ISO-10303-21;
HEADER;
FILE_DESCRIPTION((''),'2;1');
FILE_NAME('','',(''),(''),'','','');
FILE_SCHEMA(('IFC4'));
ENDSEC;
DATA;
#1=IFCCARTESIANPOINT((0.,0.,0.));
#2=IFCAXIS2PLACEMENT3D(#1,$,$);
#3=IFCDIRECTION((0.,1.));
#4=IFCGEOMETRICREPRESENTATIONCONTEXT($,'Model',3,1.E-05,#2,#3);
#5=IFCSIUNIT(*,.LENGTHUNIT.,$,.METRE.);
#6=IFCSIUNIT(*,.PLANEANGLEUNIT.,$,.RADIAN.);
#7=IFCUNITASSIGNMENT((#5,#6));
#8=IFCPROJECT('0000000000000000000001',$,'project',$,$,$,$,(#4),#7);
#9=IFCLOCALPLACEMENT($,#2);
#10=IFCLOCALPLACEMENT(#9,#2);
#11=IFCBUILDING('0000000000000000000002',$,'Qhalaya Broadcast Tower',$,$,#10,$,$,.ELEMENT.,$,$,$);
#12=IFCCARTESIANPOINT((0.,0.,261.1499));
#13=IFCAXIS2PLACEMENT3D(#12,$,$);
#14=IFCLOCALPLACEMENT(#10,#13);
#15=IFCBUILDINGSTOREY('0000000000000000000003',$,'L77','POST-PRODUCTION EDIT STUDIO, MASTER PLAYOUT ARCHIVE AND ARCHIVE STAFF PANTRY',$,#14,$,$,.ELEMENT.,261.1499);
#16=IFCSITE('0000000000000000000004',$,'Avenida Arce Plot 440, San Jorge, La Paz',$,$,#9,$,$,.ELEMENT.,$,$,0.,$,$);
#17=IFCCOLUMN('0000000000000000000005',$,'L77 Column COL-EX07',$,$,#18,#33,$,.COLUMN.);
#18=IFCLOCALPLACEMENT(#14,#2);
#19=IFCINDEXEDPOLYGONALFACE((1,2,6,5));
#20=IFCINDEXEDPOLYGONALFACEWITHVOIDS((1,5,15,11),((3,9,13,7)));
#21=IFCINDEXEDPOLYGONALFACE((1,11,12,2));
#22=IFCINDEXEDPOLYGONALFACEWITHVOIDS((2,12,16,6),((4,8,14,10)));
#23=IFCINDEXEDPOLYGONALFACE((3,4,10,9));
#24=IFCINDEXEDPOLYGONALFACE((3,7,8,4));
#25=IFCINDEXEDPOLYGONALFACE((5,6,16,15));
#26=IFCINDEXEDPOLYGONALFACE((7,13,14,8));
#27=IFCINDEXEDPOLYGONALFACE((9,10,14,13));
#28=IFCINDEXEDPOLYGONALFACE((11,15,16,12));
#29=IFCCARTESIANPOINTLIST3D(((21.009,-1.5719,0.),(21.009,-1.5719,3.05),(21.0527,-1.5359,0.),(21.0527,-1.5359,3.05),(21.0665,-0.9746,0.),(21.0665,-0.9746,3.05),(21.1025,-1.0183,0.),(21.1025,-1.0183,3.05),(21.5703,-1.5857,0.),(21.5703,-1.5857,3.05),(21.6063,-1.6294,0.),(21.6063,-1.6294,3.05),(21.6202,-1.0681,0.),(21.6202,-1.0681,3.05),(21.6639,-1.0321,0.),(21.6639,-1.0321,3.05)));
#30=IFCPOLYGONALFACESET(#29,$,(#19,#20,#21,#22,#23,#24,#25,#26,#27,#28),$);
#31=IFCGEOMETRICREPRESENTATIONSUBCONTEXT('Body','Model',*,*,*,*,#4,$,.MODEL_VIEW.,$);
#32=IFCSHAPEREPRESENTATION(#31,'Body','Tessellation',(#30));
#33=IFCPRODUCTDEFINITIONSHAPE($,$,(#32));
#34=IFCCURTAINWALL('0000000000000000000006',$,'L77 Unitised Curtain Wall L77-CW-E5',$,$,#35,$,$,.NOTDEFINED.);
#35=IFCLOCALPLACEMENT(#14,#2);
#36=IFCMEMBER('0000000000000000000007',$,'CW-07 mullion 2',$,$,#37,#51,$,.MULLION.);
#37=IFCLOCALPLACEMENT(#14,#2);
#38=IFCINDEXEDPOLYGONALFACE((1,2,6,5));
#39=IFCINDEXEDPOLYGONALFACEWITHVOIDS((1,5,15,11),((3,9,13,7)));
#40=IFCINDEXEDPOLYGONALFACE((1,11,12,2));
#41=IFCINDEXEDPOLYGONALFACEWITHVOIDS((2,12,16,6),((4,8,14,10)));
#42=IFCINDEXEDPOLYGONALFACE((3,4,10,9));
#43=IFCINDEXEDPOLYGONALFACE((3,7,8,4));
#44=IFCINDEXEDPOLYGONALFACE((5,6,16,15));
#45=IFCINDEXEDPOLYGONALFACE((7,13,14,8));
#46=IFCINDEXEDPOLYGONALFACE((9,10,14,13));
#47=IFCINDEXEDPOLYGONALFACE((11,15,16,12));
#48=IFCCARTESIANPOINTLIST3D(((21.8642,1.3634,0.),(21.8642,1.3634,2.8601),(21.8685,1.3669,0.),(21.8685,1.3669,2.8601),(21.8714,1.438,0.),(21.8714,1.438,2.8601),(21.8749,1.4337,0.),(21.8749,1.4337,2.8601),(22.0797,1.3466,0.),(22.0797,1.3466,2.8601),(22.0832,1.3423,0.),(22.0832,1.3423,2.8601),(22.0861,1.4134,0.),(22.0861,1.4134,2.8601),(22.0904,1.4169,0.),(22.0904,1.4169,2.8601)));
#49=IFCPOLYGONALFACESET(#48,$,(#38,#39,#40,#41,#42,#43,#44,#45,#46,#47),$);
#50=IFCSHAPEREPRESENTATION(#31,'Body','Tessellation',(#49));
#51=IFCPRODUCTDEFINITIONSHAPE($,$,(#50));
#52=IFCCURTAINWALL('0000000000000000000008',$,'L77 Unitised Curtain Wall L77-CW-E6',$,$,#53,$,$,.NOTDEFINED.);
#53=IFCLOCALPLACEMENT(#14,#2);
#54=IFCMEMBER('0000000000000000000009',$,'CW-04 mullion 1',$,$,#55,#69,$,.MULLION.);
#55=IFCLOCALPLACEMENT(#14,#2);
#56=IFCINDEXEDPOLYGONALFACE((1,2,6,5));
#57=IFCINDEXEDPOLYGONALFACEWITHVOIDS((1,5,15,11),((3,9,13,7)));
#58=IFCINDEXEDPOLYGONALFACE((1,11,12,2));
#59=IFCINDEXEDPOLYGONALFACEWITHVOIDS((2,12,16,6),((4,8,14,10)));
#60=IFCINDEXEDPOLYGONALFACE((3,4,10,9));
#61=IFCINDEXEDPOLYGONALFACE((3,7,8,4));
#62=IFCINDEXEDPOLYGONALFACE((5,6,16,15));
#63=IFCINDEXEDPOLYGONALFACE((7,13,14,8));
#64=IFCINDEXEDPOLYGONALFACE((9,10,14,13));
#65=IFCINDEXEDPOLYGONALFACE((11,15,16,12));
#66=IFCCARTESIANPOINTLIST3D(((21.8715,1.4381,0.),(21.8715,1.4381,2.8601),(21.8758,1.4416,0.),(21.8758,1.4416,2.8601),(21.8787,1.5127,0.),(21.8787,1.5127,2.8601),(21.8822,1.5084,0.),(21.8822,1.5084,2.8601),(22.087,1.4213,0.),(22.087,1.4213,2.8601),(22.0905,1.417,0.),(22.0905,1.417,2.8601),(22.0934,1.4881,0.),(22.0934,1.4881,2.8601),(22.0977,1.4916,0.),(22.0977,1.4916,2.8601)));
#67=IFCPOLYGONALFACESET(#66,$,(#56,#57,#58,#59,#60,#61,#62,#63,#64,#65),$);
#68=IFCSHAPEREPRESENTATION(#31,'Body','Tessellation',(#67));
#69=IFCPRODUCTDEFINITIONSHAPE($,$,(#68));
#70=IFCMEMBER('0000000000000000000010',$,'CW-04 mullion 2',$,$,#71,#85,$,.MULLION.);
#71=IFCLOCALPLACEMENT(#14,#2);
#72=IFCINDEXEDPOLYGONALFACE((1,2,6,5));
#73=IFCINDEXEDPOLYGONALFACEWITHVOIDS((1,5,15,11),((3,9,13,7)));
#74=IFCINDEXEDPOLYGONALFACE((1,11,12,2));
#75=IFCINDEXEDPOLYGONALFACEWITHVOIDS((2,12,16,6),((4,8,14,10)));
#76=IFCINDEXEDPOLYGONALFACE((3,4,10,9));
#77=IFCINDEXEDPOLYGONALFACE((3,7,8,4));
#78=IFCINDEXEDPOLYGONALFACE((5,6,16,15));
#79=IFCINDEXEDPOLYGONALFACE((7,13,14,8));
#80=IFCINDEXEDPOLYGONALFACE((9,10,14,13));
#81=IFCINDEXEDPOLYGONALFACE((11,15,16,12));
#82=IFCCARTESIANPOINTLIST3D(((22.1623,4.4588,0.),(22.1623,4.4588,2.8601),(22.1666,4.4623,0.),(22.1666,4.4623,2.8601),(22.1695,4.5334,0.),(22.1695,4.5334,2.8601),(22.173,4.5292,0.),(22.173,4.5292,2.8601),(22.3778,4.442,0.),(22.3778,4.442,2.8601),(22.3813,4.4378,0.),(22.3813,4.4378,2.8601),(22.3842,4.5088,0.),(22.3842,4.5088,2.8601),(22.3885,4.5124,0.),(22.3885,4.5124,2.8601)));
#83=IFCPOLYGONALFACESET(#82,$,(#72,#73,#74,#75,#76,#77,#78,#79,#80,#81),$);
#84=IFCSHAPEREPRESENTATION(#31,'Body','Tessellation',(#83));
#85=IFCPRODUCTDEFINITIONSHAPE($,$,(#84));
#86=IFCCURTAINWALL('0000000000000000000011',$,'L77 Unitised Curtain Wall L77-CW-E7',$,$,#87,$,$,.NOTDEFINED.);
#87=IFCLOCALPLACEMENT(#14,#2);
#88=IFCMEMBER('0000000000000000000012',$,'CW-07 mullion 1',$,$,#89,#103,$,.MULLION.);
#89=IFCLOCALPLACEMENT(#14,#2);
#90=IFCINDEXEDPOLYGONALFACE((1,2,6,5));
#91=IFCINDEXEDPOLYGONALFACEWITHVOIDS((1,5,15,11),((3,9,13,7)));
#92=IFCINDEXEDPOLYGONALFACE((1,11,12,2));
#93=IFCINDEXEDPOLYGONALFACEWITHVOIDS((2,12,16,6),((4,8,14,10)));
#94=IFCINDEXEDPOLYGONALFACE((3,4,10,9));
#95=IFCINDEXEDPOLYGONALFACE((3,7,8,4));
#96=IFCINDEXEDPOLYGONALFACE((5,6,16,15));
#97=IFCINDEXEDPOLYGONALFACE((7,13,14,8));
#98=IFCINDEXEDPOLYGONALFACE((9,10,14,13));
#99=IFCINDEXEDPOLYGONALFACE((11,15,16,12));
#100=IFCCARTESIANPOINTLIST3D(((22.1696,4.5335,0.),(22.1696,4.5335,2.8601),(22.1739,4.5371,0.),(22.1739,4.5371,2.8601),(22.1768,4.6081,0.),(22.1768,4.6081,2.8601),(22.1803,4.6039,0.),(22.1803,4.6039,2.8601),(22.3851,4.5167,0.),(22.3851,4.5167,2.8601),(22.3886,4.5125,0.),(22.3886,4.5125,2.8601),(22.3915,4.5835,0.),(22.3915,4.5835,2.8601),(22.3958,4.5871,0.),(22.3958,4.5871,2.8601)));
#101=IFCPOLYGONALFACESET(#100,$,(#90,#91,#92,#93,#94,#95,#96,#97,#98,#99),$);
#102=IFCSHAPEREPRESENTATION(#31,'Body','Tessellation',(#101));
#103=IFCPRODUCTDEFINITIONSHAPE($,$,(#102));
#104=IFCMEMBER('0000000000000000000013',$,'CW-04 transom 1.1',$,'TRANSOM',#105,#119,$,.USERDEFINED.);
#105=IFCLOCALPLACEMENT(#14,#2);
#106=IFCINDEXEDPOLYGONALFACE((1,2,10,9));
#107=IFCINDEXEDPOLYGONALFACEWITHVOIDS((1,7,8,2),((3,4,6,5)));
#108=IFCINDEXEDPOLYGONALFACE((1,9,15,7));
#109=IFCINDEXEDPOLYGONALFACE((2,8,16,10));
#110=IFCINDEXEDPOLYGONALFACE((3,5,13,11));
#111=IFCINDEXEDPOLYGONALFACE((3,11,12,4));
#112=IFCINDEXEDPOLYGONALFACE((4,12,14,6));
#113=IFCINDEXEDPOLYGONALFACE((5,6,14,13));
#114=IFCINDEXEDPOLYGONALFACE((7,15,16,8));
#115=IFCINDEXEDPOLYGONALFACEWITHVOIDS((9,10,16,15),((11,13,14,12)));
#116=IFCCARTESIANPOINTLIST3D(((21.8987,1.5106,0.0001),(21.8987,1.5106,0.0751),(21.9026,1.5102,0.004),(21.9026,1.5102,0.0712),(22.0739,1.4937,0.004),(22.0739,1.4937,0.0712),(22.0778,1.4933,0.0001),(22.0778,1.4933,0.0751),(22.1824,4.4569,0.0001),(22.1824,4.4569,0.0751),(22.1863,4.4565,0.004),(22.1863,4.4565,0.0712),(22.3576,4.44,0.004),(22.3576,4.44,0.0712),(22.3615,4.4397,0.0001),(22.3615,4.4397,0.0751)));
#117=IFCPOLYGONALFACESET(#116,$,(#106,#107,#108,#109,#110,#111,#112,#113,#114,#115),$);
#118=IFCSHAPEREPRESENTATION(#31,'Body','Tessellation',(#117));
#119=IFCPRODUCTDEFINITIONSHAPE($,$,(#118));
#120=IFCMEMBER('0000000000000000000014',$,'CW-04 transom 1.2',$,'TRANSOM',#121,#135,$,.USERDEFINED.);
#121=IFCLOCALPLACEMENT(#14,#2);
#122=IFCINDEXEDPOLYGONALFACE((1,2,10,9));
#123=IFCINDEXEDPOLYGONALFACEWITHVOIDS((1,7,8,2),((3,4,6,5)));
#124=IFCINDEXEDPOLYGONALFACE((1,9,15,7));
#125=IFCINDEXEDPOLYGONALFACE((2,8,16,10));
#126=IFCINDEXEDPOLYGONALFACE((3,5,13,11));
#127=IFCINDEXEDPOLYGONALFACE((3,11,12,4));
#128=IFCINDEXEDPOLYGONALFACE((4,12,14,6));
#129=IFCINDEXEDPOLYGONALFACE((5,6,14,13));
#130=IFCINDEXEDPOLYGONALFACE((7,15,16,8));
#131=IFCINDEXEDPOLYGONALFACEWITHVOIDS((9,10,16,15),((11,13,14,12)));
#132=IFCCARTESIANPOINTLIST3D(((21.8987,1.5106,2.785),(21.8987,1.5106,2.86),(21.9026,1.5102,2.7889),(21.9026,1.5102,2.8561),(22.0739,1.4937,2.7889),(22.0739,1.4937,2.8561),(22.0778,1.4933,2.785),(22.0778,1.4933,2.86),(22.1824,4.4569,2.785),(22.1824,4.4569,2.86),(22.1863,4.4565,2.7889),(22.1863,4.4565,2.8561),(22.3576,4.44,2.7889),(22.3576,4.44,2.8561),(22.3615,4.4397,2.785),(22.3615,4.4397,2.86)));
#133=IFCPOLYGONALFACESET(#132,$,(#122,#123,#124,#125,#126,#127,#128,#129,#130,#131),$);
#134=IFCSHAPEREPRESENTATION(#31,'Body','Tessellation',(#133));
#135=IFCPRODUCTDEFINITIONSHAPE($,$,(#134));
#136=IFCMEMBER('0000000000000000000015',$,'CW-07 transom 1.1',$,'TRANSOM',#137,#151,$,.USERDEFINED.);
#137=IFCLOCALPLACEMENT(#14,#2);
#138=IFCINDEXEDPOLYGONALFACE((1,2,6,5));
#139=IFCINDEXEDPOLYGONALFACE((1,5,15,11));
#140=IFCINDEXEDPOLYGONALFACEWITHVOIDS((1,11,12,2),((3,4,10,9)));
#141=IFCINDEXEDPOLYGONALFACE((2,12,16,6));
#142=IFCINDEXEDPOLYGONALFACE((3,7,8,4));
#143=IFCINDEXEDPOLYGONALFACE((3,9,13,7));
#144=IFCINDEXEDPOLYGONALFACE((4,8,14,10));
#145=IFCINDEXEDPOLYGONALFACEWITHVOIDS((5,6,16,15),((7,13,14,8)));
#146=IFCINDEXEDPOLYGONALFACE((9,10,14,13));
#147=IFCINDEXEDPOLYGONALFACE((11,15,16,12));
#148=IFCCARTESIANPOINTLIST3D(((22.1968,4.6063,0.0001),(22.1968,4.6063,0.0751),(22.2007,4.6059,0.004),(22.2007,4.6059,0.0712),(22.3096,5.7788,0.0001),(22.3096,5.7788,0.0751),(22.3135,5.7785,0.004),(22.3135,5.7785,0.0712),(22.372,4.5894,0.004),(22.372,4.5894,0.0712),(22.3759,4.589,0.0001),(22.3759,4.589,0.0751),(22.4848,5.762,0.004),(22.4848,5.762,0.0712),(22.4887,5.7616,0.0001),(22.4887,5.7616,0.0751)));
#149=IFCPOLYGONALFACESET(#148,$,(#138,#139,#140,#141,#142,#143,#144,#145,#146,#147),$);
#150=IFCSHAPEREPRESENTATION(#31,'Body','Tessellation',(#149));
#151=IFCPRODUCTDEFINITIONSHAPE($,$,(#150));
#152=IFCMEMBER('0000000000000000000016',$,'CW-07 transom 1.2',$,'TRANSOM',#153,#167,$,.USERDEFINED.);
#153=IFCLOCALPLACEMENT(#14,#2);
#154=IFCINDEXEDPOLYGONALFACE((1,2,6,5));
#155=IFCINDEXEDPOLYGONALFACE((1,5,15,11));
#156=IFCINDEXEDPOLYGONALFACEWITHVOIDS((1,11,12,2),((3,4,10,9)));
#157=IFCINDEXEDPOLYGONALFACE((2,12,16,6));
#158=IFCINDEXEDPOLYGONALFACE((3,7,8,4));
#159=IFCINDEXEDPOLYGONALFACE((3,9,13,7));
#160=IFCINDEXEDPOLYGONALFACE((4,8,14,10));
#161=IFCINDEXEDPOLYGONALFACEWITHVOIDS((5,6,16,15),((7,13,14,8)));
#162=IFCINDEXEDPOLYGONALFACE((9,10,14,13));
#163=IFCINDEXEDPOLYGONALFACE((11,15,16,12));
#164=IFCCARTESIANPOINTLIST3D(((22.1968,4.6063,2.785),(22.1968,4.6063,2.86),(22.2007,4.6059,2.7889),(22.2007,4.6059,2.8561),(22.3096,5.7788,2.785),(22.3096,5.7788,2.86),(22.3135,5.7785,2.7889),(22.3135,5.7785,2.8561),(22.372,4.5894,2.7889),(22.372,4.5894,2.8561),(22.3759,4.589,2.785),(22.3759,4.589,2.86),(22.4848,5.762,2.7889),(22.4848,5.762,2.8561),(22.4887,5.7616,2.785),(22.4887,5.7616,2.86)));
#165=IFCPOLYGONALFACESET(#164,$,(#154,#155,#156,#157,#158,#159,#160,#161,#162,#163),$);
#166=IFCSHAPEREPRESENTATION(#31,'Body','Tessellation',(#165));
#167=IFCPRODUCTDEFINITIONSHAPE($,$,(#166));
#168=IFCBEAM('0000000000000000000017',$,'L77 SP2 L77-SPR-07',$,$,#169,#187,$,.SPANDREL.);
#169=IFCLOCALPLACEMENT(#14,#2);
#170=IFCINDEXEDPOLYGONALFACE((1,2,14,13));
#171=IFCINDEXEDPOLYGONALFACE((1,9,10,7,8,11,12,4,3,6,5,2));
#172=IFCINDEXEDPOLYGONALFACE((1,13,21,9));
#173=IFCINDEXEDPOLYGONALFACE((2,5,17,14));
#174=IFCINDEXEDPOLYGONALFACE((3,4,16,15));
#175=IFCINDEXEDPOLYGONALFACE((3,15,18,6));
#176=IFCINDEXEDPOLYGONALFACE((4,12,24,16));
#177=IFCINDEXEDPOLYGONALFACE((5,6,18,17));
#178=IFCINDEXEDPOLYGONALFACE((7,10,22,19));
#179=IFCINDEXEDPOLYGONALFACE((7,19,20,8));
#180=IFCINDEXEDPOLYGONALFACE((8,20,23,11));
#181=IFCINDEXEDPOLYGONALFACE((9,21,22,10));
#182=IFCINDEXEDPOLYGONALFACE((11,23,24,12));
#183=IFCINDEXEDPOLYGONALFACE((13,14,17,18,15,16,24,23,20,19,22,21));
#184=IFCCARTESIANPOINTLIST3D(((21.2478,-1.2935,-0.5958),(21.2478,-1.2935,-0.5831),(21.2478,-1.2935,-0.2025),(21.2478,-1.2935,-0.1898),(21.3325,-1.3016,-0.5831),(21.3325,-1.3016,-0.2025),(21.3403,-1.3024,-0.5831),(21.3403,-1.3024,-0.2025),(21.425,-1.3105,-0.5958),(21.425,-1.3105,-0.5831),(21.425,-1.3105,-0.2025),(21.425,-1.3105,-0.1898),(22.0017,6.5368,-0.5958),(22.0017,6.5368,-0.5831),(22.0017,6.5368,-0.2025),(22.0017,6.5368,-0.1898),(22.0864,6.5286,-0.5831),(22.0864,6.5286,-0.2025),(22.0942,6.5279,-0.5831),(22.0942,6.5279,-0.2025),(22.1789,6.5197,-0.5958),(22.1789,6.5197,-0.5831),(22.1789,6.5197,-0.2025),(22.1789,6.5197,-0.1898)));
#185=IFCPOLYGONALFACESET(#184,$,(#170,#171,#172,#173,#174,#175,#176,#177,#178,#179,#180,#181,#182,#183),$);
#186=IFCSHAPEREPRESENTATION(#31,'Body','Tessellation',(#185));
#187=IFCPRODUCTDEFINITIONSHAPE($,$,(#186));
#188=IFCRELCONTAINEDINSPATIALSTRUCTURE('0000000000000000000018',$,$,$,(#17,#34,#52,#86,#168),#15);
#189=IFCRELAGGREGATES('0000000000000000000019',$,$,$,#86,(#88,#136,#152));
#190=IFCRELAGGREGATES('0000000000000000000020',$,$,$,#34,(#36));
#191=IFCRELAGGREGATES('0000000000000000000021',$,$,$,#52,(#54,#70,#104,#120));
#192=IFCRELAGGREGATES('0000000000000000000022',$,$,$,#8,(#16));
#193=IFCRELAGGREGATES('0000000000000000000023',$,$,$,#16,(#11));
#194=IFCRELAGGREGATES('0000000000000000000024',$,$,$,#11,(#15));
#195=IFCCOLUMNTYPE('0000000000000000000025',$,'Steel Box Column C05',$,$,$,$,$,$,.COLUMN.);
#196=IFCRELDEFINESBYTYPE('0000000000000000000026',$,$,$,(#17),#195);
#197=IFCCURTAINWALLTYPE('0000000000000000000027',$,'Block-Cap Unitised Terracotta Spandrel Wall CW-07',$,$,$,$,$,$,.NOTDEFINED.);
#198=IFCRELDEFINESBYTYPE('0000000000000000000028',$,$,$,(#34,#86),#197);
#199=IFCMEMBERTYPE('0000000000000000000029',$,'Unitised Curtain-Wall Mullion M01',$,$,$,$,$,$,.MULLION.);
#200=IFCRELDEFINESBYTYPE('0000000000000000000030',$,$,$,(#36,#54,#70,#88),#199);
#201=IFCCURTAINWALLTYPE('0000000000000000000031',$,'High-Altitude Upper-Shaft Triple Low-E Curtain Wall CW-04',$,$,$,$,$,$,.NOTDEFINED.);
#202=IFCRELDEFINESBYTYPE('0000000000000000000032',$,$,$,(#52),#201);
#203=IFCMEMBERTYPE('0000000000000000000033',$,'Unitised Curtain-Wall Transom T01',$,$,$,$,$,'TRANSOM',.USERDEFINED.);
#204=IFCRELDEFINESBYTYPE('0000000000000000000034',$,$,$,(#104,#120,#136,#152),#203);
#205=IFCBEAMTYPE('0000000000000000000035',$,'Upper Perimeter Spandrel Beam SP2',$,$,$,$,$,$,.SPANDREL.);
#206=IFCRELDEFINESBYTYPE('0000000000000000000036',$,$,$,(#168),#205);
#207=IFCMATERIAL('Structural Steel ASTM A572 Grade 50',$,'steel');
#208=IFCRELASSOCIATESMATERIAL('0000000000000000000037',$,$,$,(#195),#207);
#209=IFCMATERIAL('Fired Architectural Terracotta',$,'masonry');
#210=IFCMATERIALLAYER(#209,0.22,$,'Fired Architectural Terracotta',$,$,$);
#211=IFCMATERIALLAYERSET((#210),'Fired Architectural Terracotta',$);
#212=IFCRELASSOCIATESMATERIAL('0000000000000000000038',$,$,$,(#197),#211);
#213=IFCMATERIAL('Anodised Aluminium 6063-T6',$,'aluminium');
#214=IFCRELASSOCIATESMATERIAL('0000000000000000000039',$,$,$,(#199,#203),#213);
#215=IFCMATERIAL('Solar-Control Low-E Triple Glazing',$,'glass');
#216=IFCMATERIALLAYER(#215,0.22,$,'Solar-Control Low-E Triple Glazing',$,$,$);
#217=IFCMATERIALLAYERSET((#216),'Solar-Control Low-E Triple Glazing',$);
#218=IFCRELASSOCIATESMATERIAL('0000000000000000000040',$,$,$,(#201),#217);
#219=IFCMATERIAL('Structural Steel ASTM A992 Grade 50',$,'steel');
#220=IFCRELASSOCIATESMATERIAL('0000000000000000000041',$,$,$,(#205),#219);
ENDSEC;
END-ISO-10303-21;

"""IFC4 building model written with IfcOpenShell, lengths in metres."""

from ifc_helpers import new_model, si_unit, direction, frame, origin, origin_2d, place, context, subcontext, project, spatial, hollow_rectangle, i_section, extrude, material, layer, layer_set, material_profile, profile_set, type_object, element, aggregate, save


model = new_model("IFC4")

# Units and contexts
model_context = context("Model", 3, precision=1e-05, world=origin(), true_north=direction((0.0, 1.0)))
body_context = subcontext(model_context, "Body", "Model", "MODEL_VIEW")
ifc_project = project(units=[si_unit("LENGTHUNIT", "METRE"), si_unit("PLANEANGLEUNIT", "RADIAN")], contexts=[model_context])

# Site, building, storey
site_placement = place(None, origin())
site = spatial("IfcSite", under=ifc_project, at=site_placement, Name="Avenida Arce Plot 440, San Jorge, La Paz", CompositionType="ELEMENT", RefElevation=0.0)
building_placement = place(site_placement, origin())
building = spatial("IfcBuilding", under=site, at=building_placement, Name="Qhalaya Broadcast Tower", CompositionType="ELEMENT")
storey_placement = place(building_placement, frame((0.0, 0.0, 261.1499)))
storey = spatial("IfcBuildingStorey", under=building, at=storey_placement, Name="L77", Description="POST-PRODUCTION EDIT STUDIO, MASTER PLAYOUT ARCHIVE AND ARCHIVE STAFF PANTRY", CompositionType="ELEMENT", Elevation=261.1499)

# Column
ifc_material_1 = material(Name="Structural Steel ASTM A572 Grade 50", Category="steel")
ifc_material_profile_1 = material_profile(ifc_material_1, hollow_rectangle(XDim=0.6001, YDim=0.6001, WallThickness=0.04, at=origin_2d()), Name="BOX 600x600x40")
ifc_profile_set_1 = profile_set([ifc_material_profile_1], Name="Structural Steel ASTM A572 Grade 50")
column_type = type_object("IfcColumnType", Name="Steel Box Column C05", PredefinedType="COLUMN", material=ifc_profile_set_1)
column_placement = place(storey_placement, frame((21.3364, -1.302, 0.0), z_axis=(0.0, 0.0, 1.0), x_axis=(0.095846, 0.995396, 0.0)))
element("IfcColumn", 1, at=column_placement, inside=storey, type_object=column_type, Name="L77 Column COL-EX07", PredefinedType="COLUMN", context=body_context, shape_type="SweptSolid", body=[
    extrude(hollow_rectangle(XDim=0.6001, YDim=0.6001, WallThickness=0.04, at=origin_2d()), origin(), (0.0, 0.0, 1.0), 3.05),
])

# Curtain wall, member
ifc_material_2 = material(Name="Fired Architectural Terracotta", Category="masonry")
ifc_layer_1 = layer(ifc_material_2, 0.22, Name="Fired Architectural Terracotta")
ifc_layer_set_1 = layer_set([ifc_layer_1], Name="Fired Architectural Terracotta")
curtain_wall_type_1 = type_object("IfcCurtainWallType", Name="Block-Cap Unitised Terracotta Spandrel Wall CW-07", PredefinedType="NOTDEFINED", material=ifc_layer_set_1)
curtain_wall_1_placement = place(storey_placement, origin())
curtain_wall_1 = element("IfcCurtainWall", 2, at=curtain_wall_1_placement, inside=storey, type_object=curtain_wall_type_1, Name="L77 Unitised Curtain Wall L77-CW-E5", PredefinedType="NOTDEFINED")
ifc_material_3 = material(Name="Anodised Aluminium 6063-T6", Category="aluminium")
ifc_material_profile_2 = material_profile(ifc_material_3, hollow_rectangle(XDim=0.075, YDim=0.22, WallThickness=0.0039, at=origin_2d()), Name="ALU-MUL 75x220x4")
ifc_profile_set_2 = profile_set([ifc_material_profile_2], Name="Anodised Aluminium 6063-T6")
member_type_1 = type_object("IfcMemberType", Name="Unitised Curtain-Wall Mullion M01", PredefinedType="MULLION", material=ifc_profile_set_2)
member_1_placement = place(storey_placement, frame((21.9773, 1.3901, 0.0), z_axis=(0.0, 0.0, 1.0), x_axis=(0.095849, 0.995396, 0.0)))
member_1 = element("IfcMember", 3, at=member_1_placement, type_object=member_type_1, Name="CW-07 mullion 2", PredefinedType="MULLION", context=body_context, shape_type="SweptSolid", body=[
    extrude(hollow_rectangle(XDim=0.075, YDim=0.22, WallThickness=0.0039, at=origin_2d()), origin(), (0.0, 0.0, 1.0), 2.8601),
])

# Curtain wall, members
ifc_material_4 = material(Name="Solar-Control Low-E Triple Glazing", Category="glass")
ifc_layer_2 = layer(ifc_material_4, 0.22, Name="Solar-Control Low-E Triple Glazing")
ifc_layer_set_2 = layer_set([ifc_layer_2], Name="Solar-Control Low-E Triple Glazing")
curtain_wall_type_2 = type_object("IfcCurtainWallType", Name="High-Altitude Upper-Shaft Triple Low-E Curtain Wall CW-04", PredefinedType="NOTDEFINED", material=ifc_layer_set_2)
curtain_wall_2_placement = place(storey_placement, origin())
curtain_wall_2 = element("IfcCurtainWall", 4, at=curtain_wall_2_placement, inside=storey, type_object=curtain_wall_type_2, Name="L77 Unitised Curtain Wall L77-CW-E6", PredefinedType="NOTDEFINED")
member_2_placement = place(storey_placement, frame((21.9846, 1.4648, 0.0), z_axis=(0.0, 0.0, 1.0), x_axis=(0.095855, 0.995395, 0.0)))
member_2 = element("IfcMember", 5, at=member_2_placement, type_object=member_type_1, Name="CW-04 mullion 1", PredefinedType="MULLION", context=body_context, shape_type="SweptSolid", body=[
    extrude(hollow_rectangle(XDim=0.075, YDim=0.22, WallThickness=0.0039, at=origin_2d()), origin(), (0.0, 0.0, 1.0), 2.8601),
])
member_3_placement = place(storey_placement, frame((22.2754, 4.4856, 0.0), z_axis=(0.0, 0.0, 1.0), x_axis=(0.095855, 0.995395, 0.0)))
member_3 = element("IfcMember", 6, at=member_3_placement, type_object=member_type_1, Name="CW-04 mullion 2", PredefinedType="MULLION", context=body_context, shape_type="SweptSolid", body=[
    extrude(hollow_rectangle(XDim=0.075, YDim=0.22, WallThickness=0.0039, at=origin_2d()), origin(), (0.0, 0.0, 1.0), 2.8601),
])

# Curtain wall, member
curtain_wall_3_placement = place(storey_placement, origin())
curtain_wall_3 = element("IfcCurtainWall", 7, at=curtain_wall_3_placement, inside=storey, type_object=curtain_wall_type_1, Name="L77 Unitised Curtain Wall L77-CW-E7", PredefinedType="NOTDEFINED")
member_4_placement = place(storey_placement, frame((22.2827, 4.5603, 0.0), z_axis=(0.0, 0.0, 1.0), x_axis=(0.095857, 0.995395, 0.0)))
member_4 = element("IfcMember", 8, at=member_4_placement, type_object=member_type_1, Name="CW-07 mullion 1", PredefinedType="MULLION", context=body_context, shape_type="SweptSolid", body=[
    extrude(hollow_rectangle(XDim=0.075, YDim=0.22, WallThickness=0.0039, at=origin_2d()), origin(), (0.0, 0.0, 1.0), 2.8601),
])

# Members
ifc_material_profile_3 = material_profile(ifc_material_3, hollow_rectangle(XDim=0.075, YDim=0.1799, WallThickness=0.0039, at=origin_2d()), Name="ALU-TRN 75x180x4")
ifc_profile_set_3 = profile_set([ifc_material_profile_3], Name="Anodised Aluminium 6063-T6")
member_type_2 = type_object("IfcMemberType", Name="Unitised Curtain-Wall Transom T01", ElementType="TRANSOM", PredefinedType="USERDEFINED", material=ifc_profile_set_3)
member_5_placement = place(storey_placement, frame((21.9883, 1.502, 0.0376), z_axis=(0.095844, 0.995396, 0.0), x_axis=(0.0, 0.0, 1.0)))
member_5 = element("IfcMember", 9, at=member_5_placement, type_object=member_type_2, Name="CW-04 transom 1.1", ObjectType="TRANSOM", PredefinedType="USERDEFINED", context=body_context, shape_type="SweptSolid", body=[
    extrude(hollow_rectangle(XDim=0.075, YDim=0.1799, WallThickness=0.0039, at=origin_2d()), origin(), (0.0, 0.0, 1.0), 2.96),
])
member_6_placement = place(storey_placement, frame((21.9883, 1.502, 2.8225), z_axis=(0.095844, 0.995396, 0.0), x_axis=(0.0, 0.0, 1.0)))
member_6 = element("IfcMember", 10, at=member_6_placement, type_object=member_type_2, Name="CW-04 transom 1.2", ObjectType="TRANSOM", PredefinedType="USERDEFINED", context=body_context, shape_type="SweptSolid", body=[
    extrude(hollow_rectangle(XDim=0.075, YDim=0.1799, WallThickness=0.0039, at=origin_2d()), origin(), (0.0, 0.0, 1.0), 2.96),
])
member_7_placement = place(storey_placement, frame((22.2864, 4.5977, 0.0376), z_axis=(0.095748, 0.995406, 0.0), x_axis=(0.0, 0.0, 1.0)))
member_7 = element("IfcMember", 11, at=member_7_placement, type_object=member_type_2, Name="CW-07 transom 1.1", ObjectType="TRANSOM", PredefinedType="USERDEFINED", context=body_context, shape_type="SweptSolid", body=[
    extrude(hollow_rectangle(XDim=0.075, YDim=0.1799, WallThickness=0.0039, at=origin_2d()), origin(), (0.0, 0.0, 1.0), 1.178),
])
member_8_placement = place(storey_placement, frame((22.2864, 4.5977, 2.8225), z_axis=(0.095748, 0.995406, 0.0), x_axis=(0.0, 0.0, 1.0)))
member_8 = element("IfcMember", 12, at=member_8_placement, type_object=member_type_2, Name="CW-07 transom 1.2", ObjectType="TRANSOM", PredefinedType="USERDEFINED", context=body_context, shape_type="SweptSolid", body=[
    extrude(hollow_rectangle(XDim=0.075, YDim=0.1799, WallThickness=0.0039, at=origin_2d()), origin(), (0.0, 0.0, 1.0), 1.178),
])
aggregate(curtain_wall_3, [member_4, member_7, member_8])

# Beam
ifc_material_5 = material(Name="Structural Steel ASTM A992 Grade 50", Category="steel")
ifc_material_profile_4 = material_profile(ifc_material_5, i_section(OverallWidth=0.178, OverallDepth=0.406, WebThickness=0.0078, FlangeThickness=0.0127, at=origin_2d()), Name="W16X40")
ifc_profile_set_4 = profile_set([ifc_material_profile_4], Name="Structural Steel ASTM A992 Grade 50")
beam_type = type_object("IfcBeamType", Name="Upper Perimeter Spandrel Beam SP2", PredefinedType="SPANDREL", material=ifc_profile_set_4)
beam_placement = place(storey_placement, frame((21.3364, -1.302, -0.3928), z_axis=(0.095837, 0.995397, 0.0), x_axis=(-0.995397, 0.095837, 0.0)))
element("IfcBeam", 13, at=beam_placement, inside=storey, type_object=beam_type, Name="L77 SP2 L77-SPR-07", PredefinedType="SPANDREL", context=body_context, shape_type="SweptSolid", body=[
    extrude(i_section(OverallWidth=0.178, OverallDepth=0.406, WebThickness=0.0078, FlangeThickness=0.0127, at=origin_2d()), origin(), (0.0, 0.0, 1.0), 7.8665),
])

aggregate(curtain_wall_1, [member_1])
aggregate(curtain_wall_2, [member_2, member_3, member_5, member_6])

save(model, "model.ifc")
